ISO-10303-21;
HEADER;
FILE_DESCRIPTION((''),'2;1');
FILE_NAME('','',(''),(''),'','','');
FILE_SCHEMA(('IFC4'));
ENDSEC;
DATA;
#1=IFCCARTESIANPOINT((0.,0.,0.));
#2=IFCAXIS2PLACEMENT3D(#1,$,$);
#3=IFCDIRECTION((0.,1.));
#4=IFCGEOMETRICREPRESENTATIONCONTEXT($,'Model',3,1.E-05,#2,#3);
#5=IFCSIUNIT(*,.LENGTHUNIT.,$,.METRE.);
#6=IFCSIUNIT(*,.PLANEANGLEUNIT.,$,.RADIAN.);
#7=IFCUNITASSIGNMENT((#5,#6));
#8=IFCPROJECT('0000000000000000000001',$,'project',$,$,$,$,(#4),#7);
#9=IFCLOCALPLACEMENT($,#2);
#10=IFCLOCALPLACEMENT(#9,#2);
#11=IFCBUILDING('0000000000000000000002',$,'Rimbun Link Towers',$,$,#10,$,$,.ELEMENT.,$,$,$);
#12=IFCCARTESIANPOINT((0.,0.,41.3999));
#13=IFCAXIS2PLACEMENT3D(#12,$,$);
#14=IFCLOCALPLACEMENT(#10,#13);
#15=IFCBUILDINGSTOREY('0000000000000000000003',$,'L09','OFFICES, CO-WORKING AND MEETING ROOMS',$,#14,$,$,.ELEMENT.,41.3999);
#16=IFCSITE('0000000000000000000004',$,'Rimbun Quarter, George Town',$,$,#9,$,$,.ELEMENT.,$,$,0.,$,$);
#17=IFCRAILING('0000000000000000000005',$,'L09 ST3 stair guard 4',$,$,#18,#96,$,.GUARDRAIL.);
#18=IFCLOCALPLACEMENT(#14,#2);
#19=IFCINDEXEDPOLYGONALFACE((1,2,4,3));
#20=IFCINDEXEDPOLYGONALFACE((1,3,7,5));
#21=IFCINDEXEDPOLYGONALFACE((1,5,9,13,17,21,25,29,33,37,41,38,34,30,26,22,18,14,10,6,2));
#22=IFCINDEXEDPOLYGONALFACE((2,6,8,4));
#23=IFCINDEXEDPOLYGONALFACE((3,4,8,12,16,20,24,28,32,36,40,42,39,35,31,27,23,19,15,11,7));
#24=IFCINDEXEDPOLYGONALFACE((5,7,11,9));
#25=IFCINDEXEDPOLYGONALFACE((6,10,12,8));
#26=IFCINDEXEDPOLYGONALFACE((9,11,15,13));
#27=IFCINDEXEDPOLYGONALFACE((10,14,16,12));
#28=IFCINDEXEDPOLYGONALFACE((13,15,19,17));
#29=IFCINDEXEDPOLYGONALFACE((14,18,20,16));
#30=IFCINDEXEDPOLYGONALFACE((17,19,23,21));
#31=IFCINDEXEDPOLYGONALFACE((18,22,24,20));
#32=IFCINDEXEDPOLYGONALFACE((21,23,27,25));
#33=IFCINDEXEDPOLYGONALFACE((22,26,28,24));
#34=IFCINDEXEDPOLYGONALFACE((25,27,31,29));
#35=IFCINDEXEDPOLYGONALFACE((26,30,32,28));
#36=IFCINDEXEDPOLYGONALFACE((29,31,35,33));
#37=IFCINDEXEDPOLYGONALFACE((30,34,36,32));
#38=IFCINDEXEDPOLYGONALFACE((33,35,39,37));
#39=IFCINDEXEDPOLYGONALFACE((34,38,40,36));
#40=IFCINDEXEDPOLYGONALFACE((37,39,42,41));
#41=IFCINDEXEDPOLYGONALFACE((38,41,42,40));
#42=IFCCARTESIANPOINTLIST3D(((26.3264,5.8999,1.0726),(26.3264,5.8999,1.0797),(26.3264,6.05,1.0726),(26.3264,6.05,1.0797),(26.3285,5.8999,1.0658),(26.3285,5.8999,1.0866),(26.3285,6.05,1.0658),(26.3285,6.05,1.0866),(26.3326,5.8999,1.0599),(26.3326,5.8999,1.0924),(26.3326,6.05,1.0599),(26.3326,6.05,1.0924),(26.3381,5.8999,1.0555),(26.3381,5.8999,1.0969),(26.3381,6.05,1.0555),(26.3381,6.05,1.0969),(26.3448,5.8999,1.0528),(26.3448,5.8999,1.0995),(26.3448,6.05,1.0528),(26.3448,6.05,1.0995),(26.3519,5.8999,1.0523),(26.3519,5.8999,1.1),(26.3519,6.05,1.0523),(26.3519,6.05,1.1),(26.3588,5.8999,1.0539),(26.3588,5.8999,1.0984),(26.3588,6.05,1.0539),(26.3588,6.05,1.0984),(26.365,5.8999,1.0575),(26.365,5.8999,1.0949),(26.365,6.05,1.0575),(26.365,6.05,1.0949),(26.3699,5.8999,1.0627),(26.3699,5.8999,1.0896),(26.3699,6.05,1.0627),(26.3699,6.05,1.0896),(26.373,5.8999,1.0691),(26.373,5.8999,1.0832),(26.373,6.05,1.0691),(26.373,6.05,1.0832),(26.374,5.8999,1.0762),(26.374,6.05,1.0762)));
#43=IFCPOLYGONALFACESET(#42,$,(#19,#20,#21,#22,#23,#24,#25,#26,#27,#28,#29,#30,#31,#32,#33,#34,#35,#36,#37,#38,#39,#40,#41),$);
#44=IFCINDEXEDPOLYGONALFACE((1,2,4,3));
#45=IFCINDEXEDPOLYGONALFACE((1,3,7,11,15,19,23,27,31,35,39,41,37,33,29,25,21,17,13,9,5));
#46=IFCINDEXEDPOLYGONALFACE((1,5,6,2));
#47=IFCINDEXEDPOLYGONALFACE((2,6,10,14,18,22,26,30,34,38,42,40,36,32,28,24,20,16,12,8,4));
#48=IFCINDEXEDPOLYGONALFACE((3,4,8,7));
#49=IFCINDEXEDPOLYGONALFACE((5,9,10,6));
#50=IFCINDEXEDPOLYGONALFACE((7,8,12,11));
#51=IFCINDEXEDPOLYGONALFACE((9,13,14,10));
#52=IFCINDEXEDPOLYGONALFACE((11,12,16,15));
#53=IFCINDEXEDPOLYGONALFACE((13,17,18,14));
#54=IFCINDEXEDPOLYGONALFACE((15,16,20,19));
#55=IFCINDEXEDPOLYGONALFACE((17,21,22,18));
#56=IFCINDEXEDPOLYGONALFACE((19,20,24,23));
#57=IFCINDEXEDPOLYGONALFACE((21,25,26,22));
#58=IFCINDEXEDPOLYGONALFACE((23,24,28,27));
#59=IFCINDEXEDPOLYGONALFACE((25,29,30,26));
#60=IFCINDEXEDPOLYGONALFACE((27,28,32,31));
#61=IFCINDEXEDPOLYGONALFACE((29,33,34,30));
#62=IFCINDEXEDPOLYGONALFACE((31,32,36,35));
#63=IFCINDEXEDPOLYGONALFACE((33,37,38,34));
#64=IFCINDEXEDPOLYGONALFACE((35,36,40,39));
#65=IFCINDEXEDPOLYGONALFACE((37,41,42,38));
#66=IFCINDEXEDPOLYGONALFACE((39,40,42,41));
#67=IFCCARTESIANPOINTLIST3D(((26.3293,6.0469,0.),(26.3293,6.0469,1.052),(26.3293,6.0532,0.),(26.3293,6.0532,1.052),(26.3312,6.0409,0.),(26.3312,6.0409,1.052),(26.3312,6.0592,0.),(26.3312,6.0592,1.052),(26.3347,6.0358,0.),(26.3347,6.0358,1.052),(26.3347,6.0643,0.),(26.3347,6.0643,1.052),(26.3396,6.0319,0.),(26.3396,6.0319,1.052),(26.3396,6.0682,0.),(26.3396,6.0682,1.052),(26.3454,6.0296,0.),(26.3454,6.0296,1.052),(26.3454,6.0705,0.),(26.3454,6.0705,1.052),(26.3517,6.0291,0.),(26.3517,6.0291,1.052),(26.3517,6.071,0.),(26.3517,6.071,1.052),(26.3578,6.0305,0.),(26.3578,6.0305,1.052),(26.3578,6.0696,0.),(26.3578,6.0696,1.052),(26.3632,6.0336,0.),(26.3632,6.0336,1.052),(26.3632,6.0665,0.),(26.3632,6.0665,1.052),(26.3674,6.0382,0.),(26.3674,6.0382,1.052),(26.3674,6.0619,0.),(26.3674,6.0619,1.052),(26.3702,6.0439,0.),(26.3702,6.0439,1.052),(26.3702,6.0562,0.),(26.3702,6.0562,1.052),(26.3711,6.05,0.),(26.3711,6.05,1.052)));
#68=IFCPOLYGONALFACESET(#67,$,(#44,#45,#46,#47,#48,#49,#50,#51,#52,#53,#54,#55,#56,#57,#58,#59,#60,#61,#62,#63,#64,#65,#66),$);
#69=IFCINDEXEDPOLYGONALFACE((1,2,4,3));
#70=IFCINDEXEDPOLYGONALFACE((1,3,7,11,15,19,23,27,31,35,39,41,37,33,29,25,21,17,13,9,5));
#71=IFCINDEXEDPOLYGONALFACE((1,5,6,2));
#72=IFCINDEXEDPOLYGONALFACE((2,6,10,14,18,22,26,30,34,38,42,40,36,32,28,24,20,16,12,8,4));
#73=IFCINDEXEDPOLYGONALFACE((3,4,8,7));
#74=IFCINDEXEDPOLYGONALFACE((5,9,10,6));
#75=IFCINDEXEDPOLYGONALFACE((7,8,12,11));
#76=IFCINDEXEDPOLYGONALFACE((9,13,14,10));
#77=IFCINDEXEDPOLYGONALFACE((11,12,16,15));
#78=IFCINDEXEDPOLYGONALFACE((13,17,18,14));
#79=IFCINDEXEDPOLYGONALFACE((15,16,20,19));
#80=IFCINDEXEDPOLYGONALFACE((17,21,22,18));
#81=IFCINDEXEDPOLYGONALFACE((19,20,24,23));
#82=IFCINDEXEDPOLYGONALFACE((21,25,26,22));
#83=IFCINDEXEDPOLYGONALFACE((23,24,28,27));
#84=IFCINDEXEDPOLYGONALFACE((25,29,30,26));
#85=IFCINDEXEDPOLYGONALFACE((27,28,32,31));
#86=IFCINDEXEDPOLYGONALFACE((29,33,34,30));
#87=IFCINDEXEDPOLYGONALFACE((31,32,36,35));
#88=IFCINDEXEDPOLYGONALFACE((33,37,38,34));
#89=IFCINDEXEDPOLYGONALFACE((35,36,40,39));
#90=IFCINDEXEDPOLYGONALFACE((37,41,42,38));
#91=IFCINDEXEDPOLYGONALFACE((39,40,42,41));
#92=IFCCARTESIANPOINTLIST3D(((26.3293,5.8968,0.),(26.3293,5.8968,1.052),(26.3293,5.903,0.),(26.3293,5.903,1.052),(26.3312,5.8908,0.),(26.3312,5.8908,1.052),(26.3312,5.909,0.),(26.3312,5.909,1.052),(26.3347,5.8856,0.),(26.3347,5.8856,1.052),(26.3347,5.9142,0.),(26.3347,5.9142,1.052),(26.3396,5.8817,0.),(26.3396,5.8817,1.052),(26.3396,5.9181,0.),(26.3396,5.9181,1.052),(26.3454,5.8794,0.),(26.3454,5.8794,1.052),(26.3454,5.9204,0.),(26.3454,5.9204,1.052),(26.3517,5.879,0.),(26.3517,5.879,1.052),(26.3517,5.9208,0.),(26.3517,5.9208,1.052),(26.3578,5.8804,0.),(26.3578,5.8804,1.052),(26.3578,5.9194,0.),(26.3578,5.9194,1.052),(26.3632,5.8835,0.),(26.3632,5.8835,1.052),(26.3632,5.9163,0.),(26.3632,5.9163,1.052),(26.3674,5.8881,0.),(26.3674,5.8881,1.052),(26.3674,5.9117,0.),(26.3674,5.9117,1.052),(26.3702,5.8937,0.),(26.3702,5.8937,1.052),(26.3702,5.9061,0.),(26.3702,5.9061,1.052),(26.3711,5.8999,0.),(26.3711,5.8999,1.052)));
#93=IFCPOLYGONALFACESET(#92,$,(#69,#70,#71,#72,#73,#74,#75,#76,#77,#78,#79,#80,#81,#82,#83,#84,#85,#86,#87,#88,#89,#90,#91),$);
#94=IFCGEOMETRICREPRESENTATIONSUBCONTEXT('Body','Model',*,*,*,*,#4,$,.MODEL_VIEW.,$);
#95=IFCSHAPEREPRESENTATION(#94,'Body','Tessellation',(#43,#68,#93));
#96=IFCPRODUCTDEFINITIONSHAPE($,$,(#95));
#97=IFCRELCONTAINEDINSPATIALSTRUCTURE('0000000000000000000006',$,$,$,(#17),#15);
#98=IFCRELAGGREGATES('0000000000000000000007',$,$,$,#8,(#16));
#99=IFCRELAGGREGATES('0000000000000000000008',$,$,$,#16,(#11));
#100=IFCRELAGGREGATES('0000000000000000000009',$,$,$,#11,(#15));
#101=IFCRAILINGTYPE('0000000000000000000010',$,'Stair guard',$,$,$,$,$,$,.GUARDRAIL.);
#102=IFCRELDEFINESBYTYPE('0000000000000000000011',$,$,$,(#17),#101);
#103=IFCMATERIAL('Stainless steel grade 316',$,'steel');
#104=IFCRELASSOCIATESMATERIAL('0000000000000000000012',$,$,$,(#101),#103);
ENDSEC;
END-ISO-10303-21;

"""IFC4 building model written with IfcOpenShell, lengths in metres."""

from ifc_helpers import new_model, si_unit, direction, frame, origin, origin_2d, place, context, subcontext, project, spatial, circle, extrude, material, type_object, element, save


model = new_model("IFC4")

# Units and contexts
model_context = context("Model", 3, precision=1e-05, world=origin(), true_north=direction((0.0, 1.0)))
body_context = subcontext(model_context, "Body", "Model", "MODEL_VIEW")
ifc_project = project(units=[si_unit("LENGTHUNIT", "METRE"), si_unit("PLANEANGLEUNIT", "RADIAN")], contexts=[model_context])

# Site, building, storey
site_placement = place(None, origin())
site = spatial("IfcSite", under=ifc_project, at=site_placement, Name="Rimbun Quarter, George Town", CompositionType="ELEMENT", RefElevation=0.0)
building_placement = place(site_placement, origin())
building = spatial("IfcBuilding", under=site, at=building_placement, Name="Rimbun Link Towers", CompositionType="ELEMENT")
storey_placement = place(building_placement, frame((0.0, 0.0, 41.3999)))
storey = spatial("IfcBuildingStorey", under=building, at=storey_placement, Name="L09", Description="OFFICES, CO-WORKING AND MEETING ROOMS", CompositionType="ELEMENT", Elevation=41.3999)

# Railing
ifc_material_1 = material(Name="Stainless steel grade 316", Category="steel")
railing_type_1 = type_object("IfcRailingType", Name="Stair guard", PredefinedType="GUARDRAIL", material=ifc_material_1)
railing_1_placement = place(storey_placement, frame((26.3501, 6.05, 0.0)))
element("IfcRailing", 1, at=railing_1_placement, inside=storey, type_object=railing_type_1, Name="L09 ST3 stair guard 4", PredefinedType="GUARDRAIL", context=body_context, shape_type="SweptSolid", body=[
    extrude(circle(Radius=0.0239, at=origin_2d()), frame((0.0, 0.0, 1.0762), z_axis=(0.0, -1.0, 0.0), x_axis=(1.0, 0.0, 0.0)), (0.0, 0.0, 1.0), 0.1501),
    extrude(circle(Radius=0.021, at=origin_2d()), origin(), (0.0, 0.0, 1.0), 1.052),
    extrude(circle(Radius=0.021, at=origin_2d()), frame((0.0, -0.1501, 0.0)), (0.0, 0.0, 1.0), 1.052),
])

save(model, "model.ifc")
